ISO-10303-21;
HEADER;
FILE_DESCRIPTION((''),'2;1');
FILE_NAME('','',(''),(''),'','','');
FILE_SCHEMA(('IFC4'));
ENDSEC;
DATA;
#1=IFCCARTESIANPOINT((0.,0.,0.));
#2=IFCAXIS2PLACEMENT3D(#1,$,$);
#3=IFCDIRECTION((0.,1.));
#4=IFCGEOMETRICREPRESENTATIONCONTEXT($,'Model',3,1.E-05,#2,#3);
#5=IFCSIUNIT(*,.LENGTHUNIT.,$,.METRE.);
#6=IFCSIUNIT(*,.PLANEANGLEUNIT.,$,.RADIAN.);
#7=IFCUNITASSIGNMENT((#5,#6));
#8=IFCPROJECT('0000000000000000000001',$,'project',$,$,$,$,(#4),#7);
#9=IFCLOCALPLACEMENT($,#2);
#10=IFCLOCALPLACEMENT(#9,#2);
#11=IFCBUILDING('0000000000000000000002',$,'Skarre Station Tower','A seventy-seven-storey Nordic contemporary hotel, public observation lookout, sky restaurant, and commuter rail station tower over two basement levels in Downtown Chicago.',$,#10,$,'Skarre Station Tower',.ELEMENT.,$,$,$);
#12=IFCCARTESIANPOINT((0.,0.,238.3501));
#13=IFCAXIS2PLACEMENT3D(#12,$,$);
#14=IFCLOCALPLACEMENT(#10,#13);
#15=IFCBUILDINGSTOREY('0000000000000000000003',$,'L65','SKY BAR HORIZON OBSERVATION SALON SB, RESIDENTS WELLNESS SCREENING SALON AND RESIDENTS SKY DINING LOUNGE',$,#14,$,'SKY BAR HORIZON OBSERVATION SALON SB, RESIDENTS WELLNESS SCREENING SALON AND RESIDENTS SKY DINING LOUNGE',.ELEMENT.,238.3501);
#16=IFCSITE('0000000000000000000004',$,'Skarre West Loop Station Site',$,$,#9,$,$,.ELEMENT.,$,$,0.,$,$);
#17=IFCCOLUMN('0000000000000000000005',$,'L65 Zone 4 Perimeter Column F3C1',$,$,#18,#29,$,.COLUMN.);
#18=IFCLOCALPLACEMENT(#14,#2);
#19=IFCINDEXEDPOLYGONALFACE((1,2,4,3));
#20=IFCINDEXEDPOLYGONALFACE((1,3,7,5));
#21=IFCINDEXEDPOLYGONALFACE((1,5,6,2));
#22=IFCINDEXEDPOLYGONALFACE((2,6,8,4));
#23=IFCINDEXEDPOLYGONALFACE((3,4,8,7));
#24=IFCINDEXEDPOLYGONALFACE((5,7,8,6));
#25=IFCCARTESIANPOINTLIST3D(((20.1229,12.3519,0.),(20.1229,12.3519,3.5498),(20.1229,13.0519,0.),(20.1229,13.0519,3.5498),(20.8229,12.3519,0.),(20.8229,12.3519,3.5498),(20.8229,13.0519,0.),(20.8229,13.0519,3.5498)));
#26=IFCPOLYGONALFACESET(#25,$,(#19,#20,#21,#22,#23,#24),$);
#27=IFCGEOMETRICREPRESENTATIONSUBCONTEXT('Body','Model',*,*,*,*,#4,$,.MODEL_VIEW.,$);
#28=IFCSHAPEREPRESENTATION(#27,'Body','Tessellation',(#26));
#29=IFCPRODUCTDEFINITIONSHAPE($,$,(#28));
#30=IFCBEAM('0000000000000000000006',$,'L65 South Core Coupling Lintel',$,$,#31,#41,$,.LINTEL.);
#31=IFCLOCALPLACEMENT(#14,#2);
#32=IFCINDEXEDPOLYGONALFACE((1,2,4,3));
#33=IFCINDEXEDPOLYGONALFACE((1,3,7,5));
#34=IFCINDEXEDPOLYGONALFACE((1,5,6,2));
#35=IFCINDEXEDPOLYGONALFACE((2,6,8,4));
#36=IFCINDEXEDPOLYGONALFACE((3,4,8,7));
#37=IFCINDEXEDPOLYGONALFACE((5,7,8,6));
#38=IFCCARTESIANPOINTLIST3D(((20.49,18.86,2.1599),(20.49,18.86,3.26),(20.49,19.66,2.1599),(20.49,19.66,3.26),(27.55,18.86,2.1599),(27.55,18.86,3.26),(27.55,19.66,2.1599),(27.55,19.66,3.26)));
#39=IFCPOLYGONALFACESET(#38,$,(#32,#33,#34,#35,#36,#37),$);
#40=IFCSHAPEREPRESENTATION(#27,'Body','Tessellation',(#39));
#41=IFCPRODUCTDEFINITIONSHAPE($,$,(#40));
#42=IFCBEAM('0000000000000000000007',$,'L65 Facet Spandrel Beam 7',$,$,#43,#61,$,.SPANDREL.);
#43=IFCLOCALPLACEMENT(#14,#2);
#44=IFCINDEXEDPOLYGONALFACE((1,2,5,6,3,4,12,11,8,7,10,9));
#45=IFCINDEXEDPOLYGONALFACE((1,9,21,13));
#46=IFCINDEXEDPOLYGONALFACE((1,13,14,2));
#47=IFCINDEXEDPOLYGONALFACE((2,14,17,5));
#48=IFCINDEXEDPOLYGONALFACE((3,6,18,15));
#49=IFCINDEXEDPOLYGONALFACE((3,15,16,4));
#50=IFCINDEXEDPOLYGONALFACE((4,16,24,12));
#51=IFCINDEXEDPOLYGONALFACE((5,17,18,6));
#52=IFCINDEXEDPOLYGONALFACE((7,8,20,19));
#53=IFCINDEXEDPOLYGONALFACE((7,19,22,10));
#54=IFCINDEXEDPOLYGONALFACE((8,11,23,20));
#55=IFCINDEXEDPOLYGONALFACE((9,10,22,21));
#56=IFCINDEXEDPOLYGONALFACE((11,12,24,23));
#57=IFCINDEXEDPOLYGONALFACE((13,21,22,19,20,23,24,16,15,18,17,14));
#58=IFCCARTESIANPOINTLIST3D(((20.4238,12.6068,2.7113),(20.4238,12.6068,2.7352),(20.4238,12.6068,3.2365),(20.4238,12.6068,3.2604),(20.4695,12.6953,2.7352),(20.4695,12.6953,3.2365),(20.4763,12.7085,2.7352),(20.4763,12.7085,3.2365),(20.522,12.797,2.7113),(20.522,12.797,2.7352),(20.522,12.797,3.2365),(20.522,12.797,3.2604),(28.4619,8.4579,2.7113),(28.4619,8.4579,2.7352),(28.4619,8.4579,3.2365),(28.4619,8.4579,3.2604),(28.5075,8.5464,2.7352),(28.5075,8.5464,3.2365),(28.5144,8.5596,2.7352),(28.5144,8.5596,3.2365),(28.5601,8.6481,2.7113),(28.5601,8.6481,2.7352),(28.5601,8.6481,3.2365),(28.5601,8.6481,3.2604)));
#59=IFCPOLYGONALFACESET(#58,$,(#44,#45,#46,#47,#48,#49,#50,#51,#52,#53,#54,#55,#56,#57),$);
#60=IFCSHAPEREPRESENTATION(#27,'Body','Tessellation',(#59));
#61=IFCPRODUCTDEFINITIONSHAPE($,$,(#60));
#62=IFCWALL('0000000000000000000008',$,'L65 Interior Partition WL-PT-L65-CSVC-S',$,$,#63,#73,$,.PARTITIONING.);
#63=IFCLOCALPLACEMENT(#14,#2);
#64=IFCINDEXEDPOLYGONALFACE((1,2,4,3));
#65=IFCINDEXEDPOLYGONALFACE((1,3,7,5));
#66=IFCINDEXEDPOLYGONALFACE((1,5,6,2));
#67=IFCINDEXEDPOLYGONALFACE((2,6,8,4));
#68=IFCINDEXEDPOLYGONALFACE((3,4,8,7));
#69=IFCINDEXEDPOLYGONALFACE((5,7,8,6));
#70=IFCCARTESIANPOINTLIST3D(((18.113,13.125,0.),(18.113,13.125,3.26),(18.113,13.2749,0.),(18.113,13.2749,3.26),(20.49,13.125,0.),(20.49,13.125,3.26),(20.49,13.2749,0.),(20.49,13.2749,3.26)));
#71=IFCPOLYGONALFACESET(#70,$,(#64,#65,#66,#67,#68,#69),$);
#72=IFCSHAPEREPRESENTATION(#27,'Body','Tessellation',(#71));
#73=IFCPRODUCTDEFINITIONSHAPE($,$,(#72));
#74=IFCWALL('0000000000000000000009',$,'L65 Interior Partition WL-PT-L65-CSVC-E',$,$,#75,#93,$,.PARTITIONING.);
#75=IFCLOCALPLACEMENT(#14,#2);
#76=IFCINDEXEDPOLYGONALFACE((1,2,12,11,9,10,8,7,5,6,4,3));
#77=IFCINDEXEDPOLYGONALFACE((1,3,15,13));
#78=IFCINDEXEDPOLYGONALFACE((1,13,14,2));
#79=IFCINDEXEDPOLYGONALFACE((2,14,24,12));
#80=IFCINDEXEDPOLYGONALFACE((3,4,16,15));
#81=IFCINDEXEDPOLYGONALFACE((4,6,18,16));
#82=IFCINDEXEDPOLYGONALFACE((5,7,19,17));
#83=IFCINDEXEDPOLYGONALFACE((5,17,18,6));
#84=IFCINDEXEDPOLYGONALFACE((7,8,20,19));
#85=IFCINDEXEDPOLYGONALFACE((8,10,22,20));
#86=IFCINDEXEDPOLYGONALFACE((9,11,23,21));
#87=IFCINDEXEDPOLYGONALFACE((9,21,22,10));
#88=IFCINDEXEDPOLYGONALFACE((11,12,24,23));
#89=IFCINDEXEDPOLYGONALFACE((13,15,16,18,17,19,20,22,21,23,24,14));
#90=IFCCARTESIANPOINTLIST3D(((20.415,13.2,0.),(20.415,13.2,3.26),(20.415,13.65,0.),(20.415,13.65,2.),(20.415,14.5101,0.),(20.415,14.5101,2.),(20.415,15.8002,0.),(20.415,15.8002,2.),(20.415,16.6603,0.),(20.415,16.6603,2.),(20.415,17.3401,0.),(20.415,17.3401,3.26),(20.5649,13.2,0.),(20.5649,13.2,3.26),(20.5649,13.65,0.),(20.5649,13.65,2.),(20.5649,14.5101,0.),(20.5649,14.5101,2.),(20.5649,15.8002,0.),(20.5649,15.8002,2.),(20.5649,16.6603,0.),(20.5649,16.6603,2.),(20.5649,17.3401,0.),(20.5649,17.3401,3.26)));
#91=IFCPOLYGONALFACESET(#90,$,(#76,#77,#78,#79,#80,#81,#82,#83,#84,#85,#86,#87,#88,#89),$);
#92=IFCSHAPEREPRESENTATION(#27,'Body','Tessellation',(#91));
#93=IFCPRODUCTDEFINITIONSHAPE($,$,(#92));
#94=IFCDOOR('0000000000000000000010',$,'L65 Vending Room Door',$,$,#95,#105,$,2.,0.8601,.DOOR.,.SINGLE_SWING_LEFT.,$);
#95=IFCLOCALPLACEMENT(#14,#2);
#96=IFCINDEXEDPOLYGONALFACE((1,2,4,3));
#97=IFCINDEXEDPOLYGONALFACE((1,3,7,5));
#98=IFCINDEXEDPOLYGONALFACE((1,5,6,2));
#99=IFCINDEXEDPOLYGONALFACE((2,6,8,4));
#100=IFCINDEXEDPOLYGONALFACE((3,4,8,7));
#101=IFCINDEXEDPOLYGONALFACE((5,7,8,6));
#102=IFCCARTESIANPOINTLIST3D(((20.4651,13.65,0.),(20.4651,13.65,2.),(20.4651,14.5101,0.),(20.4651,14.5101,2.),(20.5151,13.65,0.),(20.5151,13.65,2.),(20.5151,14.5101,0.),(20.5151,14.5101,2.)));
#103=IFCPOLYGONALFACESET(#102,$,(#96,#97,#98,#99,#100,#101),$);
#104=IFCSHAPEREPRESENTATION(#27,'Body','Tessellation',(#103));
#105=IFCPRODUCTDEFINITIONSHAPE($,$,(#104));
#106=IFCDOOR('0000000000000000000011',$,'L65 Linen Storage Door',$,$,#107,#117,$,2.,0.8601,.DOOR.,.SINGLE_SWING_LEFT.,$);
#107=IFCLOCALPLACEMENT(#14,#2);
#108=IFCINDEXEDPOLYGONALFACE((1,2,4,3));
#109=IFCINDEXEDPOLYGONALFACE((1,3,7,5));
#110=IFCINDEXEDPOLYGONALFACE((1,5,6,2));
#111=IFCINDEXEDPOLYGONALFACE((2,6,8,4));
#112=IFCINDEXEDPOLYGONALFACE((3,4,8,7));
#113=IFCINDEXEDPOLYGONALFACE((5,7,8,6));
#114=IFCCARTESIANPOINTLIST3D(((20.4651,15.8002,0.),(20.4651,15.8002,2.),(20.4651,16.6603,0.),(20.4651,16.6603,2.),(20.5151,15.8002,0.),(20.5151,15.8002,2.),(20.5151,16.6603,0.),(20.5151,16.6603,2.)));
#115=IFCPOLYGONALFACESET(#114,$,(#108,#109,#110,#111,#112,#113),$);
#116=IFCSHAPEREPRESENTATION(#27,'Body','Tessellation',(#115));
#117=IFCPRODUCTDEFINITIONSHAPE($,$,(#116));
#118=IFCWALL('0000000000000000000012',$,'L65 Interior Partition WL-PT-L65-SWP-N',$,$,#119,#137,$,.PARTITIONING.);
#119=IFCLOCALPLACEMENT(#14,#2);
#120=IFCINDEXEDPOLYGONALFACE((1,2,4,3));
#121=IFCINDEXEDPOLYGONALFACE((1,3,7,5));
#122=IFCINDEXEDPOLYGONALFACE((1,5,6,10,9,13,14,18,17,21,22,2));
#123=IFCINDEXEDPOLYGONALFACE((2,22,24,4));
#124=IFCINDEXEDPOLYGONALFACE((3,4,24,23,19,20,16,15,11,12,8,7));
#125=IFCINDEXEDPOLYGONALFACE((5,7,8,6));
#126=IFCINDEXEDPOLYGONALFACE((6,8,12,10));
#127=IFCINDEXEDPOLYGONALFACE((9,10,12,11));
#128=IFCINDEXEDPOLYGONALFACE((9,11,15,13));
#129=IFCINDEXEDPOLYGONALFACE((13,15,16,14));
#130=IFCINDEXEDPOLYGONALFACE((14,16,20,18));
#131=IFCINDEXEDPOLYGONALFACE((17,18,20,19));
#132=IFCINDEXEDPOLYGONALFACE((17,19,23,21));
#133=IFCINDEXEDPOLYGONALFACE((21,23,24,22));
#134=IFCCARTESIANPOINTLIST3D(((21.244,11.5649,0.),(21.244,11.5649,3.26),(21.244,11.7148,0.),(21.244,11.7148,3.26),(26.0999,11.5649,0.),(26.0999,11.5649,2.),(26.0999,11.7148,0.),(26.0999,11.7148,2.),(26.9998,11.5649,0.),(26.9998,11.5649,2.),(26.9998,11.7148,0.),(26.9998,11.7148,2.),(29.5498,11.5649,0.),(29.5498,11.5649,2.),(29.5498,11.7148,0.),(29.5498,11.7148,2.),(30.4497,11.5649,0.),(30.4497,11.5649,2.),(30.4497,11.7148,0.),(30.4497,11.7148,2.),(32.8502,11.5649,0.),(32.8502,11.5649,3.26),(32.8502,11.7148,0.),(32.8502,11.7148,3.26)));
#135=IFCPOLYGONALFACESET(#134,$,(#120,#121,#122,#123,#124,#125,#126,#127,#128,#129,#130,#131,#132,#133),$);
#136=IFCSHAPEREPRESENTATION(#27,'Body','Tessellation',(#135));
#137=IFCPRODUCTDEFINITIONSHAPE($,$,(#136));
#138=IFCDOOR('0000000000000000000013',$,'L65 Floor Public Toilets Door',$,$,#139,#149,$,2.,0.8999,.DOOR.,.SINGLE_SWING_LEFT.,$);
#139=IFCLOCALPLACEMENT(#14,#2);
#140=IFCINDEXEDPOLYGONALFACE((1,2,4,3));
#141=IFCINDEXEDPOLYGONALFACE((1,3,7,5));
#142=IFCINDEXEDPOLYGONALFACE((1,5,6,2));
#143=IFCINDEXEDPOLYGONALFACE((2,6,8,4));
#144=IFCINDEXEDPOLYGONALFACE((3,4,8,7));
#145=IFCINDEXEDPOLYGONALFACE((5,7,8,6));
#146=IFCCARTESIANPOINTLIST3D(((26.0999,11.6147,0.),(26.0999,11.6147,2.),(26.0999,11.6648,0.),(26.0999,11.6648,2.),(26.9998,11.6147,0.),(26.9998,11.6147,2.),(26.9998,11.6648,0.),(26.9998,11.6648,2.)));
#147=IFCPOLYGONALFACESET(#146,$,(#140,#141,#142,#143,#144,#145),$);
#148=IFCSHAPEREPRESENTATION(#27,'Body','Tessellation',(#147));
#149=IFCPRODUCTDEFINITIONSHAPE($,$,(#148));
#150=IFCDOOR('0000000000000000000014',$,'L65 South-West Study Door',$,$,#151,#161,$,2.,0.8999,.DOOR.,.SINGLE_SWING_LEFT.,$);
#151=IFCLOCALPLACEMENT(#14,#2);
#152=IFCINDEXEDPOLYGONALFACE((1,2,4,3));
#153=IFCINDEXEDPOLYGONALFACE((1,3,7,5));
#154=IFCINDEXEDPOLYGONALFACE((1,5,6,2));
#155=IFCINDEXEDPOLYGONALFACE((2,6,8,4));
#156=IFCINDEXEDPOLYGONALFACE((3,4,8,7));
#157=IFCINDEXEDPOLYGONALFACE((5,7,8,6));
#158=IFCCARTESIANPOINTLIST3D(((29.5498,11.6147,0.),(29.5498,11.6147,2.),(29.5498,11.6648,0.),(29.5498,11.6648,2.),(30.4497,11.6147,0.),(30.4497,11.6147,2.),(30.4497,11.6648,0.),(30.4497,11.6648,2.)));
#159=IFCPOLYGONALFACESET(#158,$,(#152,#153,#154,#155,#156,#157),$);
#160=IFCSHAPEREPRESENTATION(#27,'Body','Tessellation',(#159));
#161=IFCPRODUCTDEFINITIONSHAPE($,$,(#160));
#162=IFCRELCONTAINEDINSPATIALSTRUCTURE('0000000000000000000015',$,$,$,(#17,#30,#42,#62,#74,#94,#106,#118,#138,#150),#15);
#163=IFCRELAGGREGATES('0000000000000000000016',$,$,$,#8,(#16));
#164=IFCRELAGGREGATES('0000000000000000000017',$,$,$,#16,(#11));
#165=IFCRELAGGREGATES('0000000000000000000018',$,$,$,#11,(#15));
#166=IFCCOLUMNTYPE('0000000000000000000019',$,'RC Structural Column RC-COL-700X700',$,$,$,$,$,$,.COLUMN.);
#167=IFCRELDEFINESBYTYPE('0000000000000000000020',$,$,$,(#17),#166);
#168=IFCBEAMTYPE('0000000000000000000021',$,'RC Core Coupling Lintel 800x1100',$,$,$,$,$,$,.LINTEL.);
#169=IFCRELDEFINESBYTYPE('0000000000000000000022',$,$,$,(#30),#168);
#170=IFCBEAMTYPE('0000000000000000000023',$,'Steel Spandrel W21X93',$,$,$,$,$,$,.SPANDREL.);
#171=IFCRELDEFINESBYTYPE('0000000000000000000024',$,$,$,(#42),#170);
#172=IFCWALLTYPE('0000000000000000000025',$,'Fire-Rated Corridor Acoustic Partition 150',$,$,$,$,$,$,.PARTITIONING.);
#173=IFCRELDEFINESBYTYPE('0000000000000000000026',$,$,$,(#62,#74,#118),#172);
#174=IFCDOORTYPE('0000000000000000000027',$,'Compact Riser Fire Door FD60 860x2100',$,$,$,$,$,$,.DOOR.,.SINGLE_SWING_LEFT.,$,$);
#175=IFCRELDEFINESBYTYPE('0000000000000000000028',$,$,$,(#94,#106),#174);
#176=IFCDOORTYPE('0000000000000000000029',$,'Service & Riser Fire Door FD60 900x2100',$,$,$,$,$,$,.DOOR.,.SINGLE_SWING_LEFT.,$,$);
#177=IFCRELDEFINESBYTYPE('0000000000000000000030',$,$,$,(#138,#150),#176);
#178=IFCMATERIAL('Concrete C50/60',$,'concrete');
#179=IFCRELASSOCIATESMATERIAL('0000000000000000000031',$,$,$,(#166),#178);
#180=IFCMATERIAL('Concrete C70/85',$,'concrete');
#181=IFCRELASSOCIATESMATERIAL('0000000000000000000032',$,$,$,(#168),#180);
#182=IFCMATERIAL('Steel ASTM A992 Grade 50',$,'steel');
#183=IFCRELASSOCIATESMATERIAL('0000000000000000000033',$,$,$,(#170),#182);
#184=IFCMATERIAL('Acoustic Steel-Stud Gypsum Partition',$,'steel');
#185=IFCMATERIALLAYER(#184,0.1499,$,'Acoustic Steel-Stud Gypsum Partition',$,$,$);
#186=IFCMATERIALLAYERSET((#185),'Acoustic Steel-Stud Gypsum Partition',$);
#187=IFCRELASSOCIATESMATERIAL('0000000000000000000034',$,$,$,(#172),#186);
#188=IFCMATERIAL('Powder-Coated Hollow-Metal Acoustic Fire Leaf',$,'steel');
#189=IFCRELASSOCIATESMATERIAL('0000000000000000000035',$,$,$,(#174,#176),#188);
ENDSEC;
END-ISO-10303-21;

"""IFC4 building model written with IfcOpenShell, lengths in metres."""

from ifc_helpers import new_model, si_unit, direction, frame, frame_2d, origin, origin_2d, place, context, subcontext, project, spatial, rectangle, i_section, extrude, material, layer, layer_set, material_profile, profile_set, type_object, element, fill, save


model = new_model("IFC4")

# Units and contexts
model_context = context("Model", 3, precision=1e-05, world=origin(), true_north=direction((0.0, 1.0)))
body_context = subcontext(model_context, "Body", "Model", "MODEL_VIEW")
ifc_project = project(units=[si_unit("LENGTHUNIT", "METRE"), si_unit("PLANEANGLEUNIT", "RADIAN")], contexts=[model_context])

# Site, building, storey
site_placement = place(None, origin())
site = spatial("IfcSite", under=ifc_project, at=site_placement, Name="Skarre West Loop Station Site", CompositionType="ELEMENT", RefElevation=0.0)
building_placement = place(site_placement, origin())
building = spatial("IfcBuilding", under=site, at=building_placement, Name="Skarre Station Tower", Description="A seventy-seven-storey Nordic contemporary hotel, public observation lookout, sky restaurant, and commuter rail station tower over two basement levels in Downtown Chicago.", LongName="Skarre Station Tower", CompositionType="ELEMENT")
storey_placement = place(building_placement, frame((0.0, 0.0, 238.3501)))
storey = spatial("IfcBuildingStorey", under=building, at=storey_placement, Name="L65", Description="SKY BAR HORIZON OBSERVATION SALON SB, RESIDENTS WELLNESS SCREENING SALON AND RESIDENTS SKY DINING LOUNGE", LongName="SKY BAR HORIZON OBSERVATION SALON SB, RESIDENTS WELLNESS SCREENING SALON AND RESIDENTS SKY DINING LOUNGE", CompositionType="ELEMENT", Elevation=238.3501)

# Column
ifc_material_1 = material(Name="Concrete C50/60", Category="concrete")
ifc_material_profile_1 = material_profile(ifc_material_1, rectangle(XDim=0.7, YDim=0.7, at=origin_2d()), Name="Concrete C50/60")
ifc_profile_set_1 = profile_set([ifc_material_profile_1], Name="Concrete C50/60")
column_type = type_object("IfcColumnType", Name="RC Structural Column RC-COL-700X700", PredefinedType="COLUMN", material=ifc_profile_set_1)
column_placement = place(storey_placement, frame((20.4729, 12.7019, 0.0), z_axis=(0.0, 0.0, 1.0), x_axis=(1.0, 0.0, 0.0)))
element("IfcColumn", 1, at=column_placement, inside=storey, type_object=column_type, Name="L65 Zone 4 Perimeter Column F3C1", PredefinedType="COLUMN", context=body_context, shape_type="SweptSolid", body=[
    extrude(rectangle(XDim=0.7, YDim=0.7, at=origin_2d()), origin(), (0.0, 0.0, 1.0), 3.5498),
])

# Beams
ifc_material_2 = material(Name="Concrete C70/85", Category="concrete")
ifc_material_profile_2 = material_profile(ifc_material_2, rectangle(XDim=0.8, YDim=1.1001, at=origin_2d()), Name="Concrete C70/85")
ifc_profile_set_2 = profile_set([ifc_material_profile_2], Name="Concrete C70/85")
beam_type_1 = type_object("IfcBeamType", Name="RC Core Coupling Lintel 800x1100", PredefinedType="LINTEL", material=ifc_profile_set_2)
beam_1_placement = place(storey_placement, frame((20.49, 19.26, 2.71), z_axis=(1.0, 0.0, 0.0), x_axis=(0.0, 1.0, 0.0)))
element("IfcBeam", 2, at=beam_1_placement, inside=storey, type_object=beam_type_1, Name="L65 South Core Coupling Lintel", PredefinedType="LINTEL", context=body_context, shape_type="SweptSolid", body=[
    extrude(rectangle(XDim=0.8, YDim=1.1001, at=origin_2d()), origin(), (0.0, 0.0, 1.0), 7.0601),
])
ifc_material_3 = material(Name="Steel ASTM A992 Grade 50", Category="steel")
ifc_material_profile_3 = material_profile(ifc_material_3, i_section(OverallWidth=0.2141, OverallDepth=0.5491, WebThickness=0.0149, FlangeThickness=0.0239, at=origin_2d()), Name="Steel ASTM A992 Grade 50")
ifc_profile_set_3 = profile_set([ifc_material_profile_3], Name="Steel ASTM A992 Grade 50")
beam_type_2 = type_object("IfcBeamType", Name="Steel Spandrel W21X93", PredefinedType="SPANDREL", material=ifc_profile_set_3)
beam_2_placement = place(storey_placement, frame((20.4729, 12.7019, 2.9858), z_axis=(0.88861, -0.458664, 0.0), x_axis=(0.458664, 0.88861, 0.0)))
element("IfcBeam", 3, at=beam_2_placement, inside=storey, type_object=beam_type_2, Name="L65 Facet Spandrel Beam 7", PredefinedType="SPANDREL", context=body_context, shape_type="SweptSolid", body=[
    extrude(i_section(OverallWidth=0.2141, OverallDepth=0.5491, WebThickness=0.0149, FlangeThickness=0.0239, at=origin_2d()), origin(), (0.0, 0.0, 1.0), 9.0457),
])

# Wall
ifc_material_4 = material(Name="Acoustic Steel-Stud Gypsum Partition", Category="steel")
ifc_layer_1 = layer(ifc_material_4, 0.1499, Name="Acoustic Steel-Stud Gypsum Partition")
ifc_layer_set_1 = layer_set([ifc_layer_1], Name="Acoustic Steel-Stud Gypsum Partition")
wall_type_1 = type_object("IfcWallType", Name="Fire-Rated Corridor Acoustic Partition 150", PredefinedType="PARTITIONING", material=ifc_layer_set_1)
wall_1_placement = place(storey_placement, frame((18.113, 13.2, 0.0), z_axis=(0.0, 0.0, 1.0), x_axis=(1.0, 0.0, 0.0)))
element("IfcWall", 4, at=wall_1_placement, inside=storey, type_object=wall_type_1, Name="L65 Interior Partition WL-PT-L65-CSVC-S", PredefinedType="PARTITIONING", context=body_context, shape_type="SweptSolid", body=[
    extrude(rectangle(XDim=2.377, YDim=0.1499, at=frame_2d((1.1885, 0.0))), origin(), (0.0, 0.0, 1.0), 3.26),
])

# Walls, openings, doors
wall_2_placement = place(storey_placement, frame((20.49, 13.2, 0.0), z_axis=(0.0, 0.0, 1.0), x_axis=(0.0, 1.0, 0.0)))
wall_2 = element("IfcWall", 5, at=wall_2_placement, inside=storey, type_object=wall_type_1, Name="L65 Interior Partition WL-PT-L65-CSVC-E", PredefinedType="PARTITIONING", context=body_context, shape_type="SweptSolid", body=[
    extrude(rectangle(XDim=4.1401, YDim=0.1499, at=frame_2d((2.0701, 0.0))), origin(), (0.0, 0.0, 1.0), 3.26),
])
opening_1_placement = place(wall_2_placement, frame((0.45, 0.0, 0.0)))
opening_1 = element("IfcOpeningElement", 6, at=opening_1_placement, cuts=wall_2, PredefinedType="OPENING", context=body_context, shape_type="SweptSolid", body=[
    extrude(rectangle(XDim=0.8601, YDim=2.0, at=frame_2d((0.4302, 1.0))), frame((0.0, 0.085, 0.0), z_axis=(0.0, -1.0, 0.0), x_axis=(1.0, 0.0, 0.0)), (0.0, 0.0, 1.0), 0.1699),
])
opening_2_placement = place(wall_2_placement, frame((2.6001, 0.0, 0.0)))
opening_2 = element("IfcOpeningElement", 7, at=opening_2_placement, cuts=wall_2, PredefinedType="OPENING", context=body_context, shape_type="SweptSolid", body=[
    extrude(rectangle(XDim=0.8601, YDim=2.0, at=frame_2d((0.4302, 1.0))), frame((0.0, 0.085, 0.0), z_axis=(0.0, -1.0, 0.0), x_axis=(1.0, 0.0, 0.0)), (0.0, 0.0, 1.0), 0.1699),
])
ifc_material_5 = material(Name="Powder-Coated Hollow-Metal Acoustic Fire Leaf", Category="steel")
door_type_1 = type_object("IfcDoorType", Name="Compact Riser Fire Door FD60 860x2100", OperationType="SINGLE_SWING_LEFT", PredefinedType="DOOR", material=ifc_material_5)
door_1_placement = place(opening_1_placement, origin())
door_1 = element("IfcDoor", 8, at=door_1_placement, inside=storey, type_object=door_type_1, Name="L65 Vending Room Door", OperationType="SINGLE_SWING_LEFT", OverallHeight=2.0, OverallWidth=0.8601, PredefinedType="DOOR", context=body_context, shape_type="SweptSolid", body=[
    extrude(rectangle(XDim=0.8601, YDim=2.0, at=frame_2d((0.4302, 1.0))), frame((0.0, 0.0249, 0.0), z_axis=(0.0, -1.0, 0.0), x_axis=(1.0, 0.0, 0.0)), (0.0, 0.0, 1.0), 0.05),
])
fill(opening_1, door_1)
door_2_placement = place(opening_2_placement, origin())
door_2 = element("IfcDoor", 9, at=door_2_placement, inside=storey, type_object=door_type_1, Name="L65 Linen Storage Door", OperationType="SINGLE_SWING_LEFT", OverallHeight=2.0, OverallWidth=0.8601, PredefinedType="DOOR", context=body_context, shape_type="SweptSolid", body=[
    extrude(rectangle(XDim=0.8601, YDim=2.0, at=frame_2d((0.4302, 1.0))), frame((0.0, 0.0249, 0.0), z_axis=(0.0, -1.0, 0.0), x_axis=(1.0, 0.0, 0.0)), (0.0, 0.0, 1.0), 0.05),
])
fill(opening_2, door_2)
wall_3_placement = place(storey_placement, frame((21.2439, 11.6399, 0.0), z_axis=(0.0, 0.0, 1.0), x_axis=(1.0, 0.0, 0.0)))
wall_3 = element("IfcWall", 10, at=wall_3_placement, inside=storey, type_object=wall_type_1, Name="L65 Interior Partition WL-PT-L65-SWP-N", PredefinedType="PARTITIONING", context=body_context, shape_type="SweptSolid", body=[
    extrude(rectangle(XDim=11.6062, YDim=0.1499, at=frame_2d((5.8032, 0.0))), origin(), (0.0, 0.0, 1.0), 3.26),
])
opening_3_placement = place(wall_3_placement, frame((4.856, 0.0, 0.0)))
opening_3 = element("IfcOpeningElement", 11, at=opening_3_placement, cuts=wall_3, PredefinedType="OPENING", context=body_context, shape_type="SweptSolid", body=[
    extrude(rectangle(XDim=0.8999, YDim=2.0, at=frame_2d((0.45, 1.0))), frame((0.0, 0.085, 0.0), z_axis=(0.0, -1.0, 0.0), x_axis=(1.0, 0.0, 0.0)), (0.0, 0.0, 1.0), 0.1699),
])
opening_4_placement = place(wall_3_placement, frame((8.3059, 0.0, 0.0)))
opening_4 = element("IfcOpeningElement", 12, at=opening_4_placement, cuts=wall_3, PredefinedType="OPENING", context=body_context, shape_type="SweptSolid", body=[
    extrude(rectangle(XDim=0.8999, YDim=2.0, at=frame_2d((0.45, 1.0))), frame((0.0, 0.085, 0.0), z_axis=(0.0, -1.0, 0.0), x_axis=(1.0, 0.0, 0.0)), (0.0, 0.0, 1.0), 0.1699),
])
door_type_2 = type_object("IfcDoorType", Name="Service & Riser Fire Door FD60 900x2100", OperationType="SINGLE_SWING_LEFT", PredefinedType="DOOR", material=ifc_material_5)
door_3_placement = place(opening_3_placement, origin())
door_3 = element("IfcDoor", 13, at=door_3_placement, inside=storey, type_object=door_type_2, Name="L65 Floor Public Toilets Door", OperationType="SINGLE_SWING_LEFT", OverallHeight=2.0, OverallWidth=0.8999, PredefinedType="DOOR", context=body_context, shape_type="SweptSolid", body=[
    extrude(rectangle(XDim=0.8999, YDim=2.0, at=frame_2d((0.45, 1.0))), frame((0.0, 0.0249, 0.0), z_axis=(0.0, -1.0, 0.0), x_axis=(1.0, 0.0, 0.0)), (0.0, 0.0, 1.0), 0.05),
])
fill(opening_3, door_3)
door_4_placement = place(opening_4_placement, origin())
door_4 = element("IfcDoor", 14, at=door_4_placement, inside=storey, type_object=door_type_2, Name="L65 South-West Study Door", OperationType="SINGLE_SWING_LEFT", OverallHeight=2.0, OverallWidth=0.8999, PredefinedType="DOOR", context=body_context, shape_type="SweptSolid", body=[
    extrude(rectangle(XDim=0.8999, YDim=2.0, at=frame_2d((0.45, 1.0))), frame((0.0, 0.0249, 0.0), z_axis=(0.0, -1.0, 0.0), x_axis=(1.0, 0.0, 0.0)), (0.0, 0.0, 1.0), 0.05),
])
fill(opening_4, door_4)

save(model, "model.ifc")
